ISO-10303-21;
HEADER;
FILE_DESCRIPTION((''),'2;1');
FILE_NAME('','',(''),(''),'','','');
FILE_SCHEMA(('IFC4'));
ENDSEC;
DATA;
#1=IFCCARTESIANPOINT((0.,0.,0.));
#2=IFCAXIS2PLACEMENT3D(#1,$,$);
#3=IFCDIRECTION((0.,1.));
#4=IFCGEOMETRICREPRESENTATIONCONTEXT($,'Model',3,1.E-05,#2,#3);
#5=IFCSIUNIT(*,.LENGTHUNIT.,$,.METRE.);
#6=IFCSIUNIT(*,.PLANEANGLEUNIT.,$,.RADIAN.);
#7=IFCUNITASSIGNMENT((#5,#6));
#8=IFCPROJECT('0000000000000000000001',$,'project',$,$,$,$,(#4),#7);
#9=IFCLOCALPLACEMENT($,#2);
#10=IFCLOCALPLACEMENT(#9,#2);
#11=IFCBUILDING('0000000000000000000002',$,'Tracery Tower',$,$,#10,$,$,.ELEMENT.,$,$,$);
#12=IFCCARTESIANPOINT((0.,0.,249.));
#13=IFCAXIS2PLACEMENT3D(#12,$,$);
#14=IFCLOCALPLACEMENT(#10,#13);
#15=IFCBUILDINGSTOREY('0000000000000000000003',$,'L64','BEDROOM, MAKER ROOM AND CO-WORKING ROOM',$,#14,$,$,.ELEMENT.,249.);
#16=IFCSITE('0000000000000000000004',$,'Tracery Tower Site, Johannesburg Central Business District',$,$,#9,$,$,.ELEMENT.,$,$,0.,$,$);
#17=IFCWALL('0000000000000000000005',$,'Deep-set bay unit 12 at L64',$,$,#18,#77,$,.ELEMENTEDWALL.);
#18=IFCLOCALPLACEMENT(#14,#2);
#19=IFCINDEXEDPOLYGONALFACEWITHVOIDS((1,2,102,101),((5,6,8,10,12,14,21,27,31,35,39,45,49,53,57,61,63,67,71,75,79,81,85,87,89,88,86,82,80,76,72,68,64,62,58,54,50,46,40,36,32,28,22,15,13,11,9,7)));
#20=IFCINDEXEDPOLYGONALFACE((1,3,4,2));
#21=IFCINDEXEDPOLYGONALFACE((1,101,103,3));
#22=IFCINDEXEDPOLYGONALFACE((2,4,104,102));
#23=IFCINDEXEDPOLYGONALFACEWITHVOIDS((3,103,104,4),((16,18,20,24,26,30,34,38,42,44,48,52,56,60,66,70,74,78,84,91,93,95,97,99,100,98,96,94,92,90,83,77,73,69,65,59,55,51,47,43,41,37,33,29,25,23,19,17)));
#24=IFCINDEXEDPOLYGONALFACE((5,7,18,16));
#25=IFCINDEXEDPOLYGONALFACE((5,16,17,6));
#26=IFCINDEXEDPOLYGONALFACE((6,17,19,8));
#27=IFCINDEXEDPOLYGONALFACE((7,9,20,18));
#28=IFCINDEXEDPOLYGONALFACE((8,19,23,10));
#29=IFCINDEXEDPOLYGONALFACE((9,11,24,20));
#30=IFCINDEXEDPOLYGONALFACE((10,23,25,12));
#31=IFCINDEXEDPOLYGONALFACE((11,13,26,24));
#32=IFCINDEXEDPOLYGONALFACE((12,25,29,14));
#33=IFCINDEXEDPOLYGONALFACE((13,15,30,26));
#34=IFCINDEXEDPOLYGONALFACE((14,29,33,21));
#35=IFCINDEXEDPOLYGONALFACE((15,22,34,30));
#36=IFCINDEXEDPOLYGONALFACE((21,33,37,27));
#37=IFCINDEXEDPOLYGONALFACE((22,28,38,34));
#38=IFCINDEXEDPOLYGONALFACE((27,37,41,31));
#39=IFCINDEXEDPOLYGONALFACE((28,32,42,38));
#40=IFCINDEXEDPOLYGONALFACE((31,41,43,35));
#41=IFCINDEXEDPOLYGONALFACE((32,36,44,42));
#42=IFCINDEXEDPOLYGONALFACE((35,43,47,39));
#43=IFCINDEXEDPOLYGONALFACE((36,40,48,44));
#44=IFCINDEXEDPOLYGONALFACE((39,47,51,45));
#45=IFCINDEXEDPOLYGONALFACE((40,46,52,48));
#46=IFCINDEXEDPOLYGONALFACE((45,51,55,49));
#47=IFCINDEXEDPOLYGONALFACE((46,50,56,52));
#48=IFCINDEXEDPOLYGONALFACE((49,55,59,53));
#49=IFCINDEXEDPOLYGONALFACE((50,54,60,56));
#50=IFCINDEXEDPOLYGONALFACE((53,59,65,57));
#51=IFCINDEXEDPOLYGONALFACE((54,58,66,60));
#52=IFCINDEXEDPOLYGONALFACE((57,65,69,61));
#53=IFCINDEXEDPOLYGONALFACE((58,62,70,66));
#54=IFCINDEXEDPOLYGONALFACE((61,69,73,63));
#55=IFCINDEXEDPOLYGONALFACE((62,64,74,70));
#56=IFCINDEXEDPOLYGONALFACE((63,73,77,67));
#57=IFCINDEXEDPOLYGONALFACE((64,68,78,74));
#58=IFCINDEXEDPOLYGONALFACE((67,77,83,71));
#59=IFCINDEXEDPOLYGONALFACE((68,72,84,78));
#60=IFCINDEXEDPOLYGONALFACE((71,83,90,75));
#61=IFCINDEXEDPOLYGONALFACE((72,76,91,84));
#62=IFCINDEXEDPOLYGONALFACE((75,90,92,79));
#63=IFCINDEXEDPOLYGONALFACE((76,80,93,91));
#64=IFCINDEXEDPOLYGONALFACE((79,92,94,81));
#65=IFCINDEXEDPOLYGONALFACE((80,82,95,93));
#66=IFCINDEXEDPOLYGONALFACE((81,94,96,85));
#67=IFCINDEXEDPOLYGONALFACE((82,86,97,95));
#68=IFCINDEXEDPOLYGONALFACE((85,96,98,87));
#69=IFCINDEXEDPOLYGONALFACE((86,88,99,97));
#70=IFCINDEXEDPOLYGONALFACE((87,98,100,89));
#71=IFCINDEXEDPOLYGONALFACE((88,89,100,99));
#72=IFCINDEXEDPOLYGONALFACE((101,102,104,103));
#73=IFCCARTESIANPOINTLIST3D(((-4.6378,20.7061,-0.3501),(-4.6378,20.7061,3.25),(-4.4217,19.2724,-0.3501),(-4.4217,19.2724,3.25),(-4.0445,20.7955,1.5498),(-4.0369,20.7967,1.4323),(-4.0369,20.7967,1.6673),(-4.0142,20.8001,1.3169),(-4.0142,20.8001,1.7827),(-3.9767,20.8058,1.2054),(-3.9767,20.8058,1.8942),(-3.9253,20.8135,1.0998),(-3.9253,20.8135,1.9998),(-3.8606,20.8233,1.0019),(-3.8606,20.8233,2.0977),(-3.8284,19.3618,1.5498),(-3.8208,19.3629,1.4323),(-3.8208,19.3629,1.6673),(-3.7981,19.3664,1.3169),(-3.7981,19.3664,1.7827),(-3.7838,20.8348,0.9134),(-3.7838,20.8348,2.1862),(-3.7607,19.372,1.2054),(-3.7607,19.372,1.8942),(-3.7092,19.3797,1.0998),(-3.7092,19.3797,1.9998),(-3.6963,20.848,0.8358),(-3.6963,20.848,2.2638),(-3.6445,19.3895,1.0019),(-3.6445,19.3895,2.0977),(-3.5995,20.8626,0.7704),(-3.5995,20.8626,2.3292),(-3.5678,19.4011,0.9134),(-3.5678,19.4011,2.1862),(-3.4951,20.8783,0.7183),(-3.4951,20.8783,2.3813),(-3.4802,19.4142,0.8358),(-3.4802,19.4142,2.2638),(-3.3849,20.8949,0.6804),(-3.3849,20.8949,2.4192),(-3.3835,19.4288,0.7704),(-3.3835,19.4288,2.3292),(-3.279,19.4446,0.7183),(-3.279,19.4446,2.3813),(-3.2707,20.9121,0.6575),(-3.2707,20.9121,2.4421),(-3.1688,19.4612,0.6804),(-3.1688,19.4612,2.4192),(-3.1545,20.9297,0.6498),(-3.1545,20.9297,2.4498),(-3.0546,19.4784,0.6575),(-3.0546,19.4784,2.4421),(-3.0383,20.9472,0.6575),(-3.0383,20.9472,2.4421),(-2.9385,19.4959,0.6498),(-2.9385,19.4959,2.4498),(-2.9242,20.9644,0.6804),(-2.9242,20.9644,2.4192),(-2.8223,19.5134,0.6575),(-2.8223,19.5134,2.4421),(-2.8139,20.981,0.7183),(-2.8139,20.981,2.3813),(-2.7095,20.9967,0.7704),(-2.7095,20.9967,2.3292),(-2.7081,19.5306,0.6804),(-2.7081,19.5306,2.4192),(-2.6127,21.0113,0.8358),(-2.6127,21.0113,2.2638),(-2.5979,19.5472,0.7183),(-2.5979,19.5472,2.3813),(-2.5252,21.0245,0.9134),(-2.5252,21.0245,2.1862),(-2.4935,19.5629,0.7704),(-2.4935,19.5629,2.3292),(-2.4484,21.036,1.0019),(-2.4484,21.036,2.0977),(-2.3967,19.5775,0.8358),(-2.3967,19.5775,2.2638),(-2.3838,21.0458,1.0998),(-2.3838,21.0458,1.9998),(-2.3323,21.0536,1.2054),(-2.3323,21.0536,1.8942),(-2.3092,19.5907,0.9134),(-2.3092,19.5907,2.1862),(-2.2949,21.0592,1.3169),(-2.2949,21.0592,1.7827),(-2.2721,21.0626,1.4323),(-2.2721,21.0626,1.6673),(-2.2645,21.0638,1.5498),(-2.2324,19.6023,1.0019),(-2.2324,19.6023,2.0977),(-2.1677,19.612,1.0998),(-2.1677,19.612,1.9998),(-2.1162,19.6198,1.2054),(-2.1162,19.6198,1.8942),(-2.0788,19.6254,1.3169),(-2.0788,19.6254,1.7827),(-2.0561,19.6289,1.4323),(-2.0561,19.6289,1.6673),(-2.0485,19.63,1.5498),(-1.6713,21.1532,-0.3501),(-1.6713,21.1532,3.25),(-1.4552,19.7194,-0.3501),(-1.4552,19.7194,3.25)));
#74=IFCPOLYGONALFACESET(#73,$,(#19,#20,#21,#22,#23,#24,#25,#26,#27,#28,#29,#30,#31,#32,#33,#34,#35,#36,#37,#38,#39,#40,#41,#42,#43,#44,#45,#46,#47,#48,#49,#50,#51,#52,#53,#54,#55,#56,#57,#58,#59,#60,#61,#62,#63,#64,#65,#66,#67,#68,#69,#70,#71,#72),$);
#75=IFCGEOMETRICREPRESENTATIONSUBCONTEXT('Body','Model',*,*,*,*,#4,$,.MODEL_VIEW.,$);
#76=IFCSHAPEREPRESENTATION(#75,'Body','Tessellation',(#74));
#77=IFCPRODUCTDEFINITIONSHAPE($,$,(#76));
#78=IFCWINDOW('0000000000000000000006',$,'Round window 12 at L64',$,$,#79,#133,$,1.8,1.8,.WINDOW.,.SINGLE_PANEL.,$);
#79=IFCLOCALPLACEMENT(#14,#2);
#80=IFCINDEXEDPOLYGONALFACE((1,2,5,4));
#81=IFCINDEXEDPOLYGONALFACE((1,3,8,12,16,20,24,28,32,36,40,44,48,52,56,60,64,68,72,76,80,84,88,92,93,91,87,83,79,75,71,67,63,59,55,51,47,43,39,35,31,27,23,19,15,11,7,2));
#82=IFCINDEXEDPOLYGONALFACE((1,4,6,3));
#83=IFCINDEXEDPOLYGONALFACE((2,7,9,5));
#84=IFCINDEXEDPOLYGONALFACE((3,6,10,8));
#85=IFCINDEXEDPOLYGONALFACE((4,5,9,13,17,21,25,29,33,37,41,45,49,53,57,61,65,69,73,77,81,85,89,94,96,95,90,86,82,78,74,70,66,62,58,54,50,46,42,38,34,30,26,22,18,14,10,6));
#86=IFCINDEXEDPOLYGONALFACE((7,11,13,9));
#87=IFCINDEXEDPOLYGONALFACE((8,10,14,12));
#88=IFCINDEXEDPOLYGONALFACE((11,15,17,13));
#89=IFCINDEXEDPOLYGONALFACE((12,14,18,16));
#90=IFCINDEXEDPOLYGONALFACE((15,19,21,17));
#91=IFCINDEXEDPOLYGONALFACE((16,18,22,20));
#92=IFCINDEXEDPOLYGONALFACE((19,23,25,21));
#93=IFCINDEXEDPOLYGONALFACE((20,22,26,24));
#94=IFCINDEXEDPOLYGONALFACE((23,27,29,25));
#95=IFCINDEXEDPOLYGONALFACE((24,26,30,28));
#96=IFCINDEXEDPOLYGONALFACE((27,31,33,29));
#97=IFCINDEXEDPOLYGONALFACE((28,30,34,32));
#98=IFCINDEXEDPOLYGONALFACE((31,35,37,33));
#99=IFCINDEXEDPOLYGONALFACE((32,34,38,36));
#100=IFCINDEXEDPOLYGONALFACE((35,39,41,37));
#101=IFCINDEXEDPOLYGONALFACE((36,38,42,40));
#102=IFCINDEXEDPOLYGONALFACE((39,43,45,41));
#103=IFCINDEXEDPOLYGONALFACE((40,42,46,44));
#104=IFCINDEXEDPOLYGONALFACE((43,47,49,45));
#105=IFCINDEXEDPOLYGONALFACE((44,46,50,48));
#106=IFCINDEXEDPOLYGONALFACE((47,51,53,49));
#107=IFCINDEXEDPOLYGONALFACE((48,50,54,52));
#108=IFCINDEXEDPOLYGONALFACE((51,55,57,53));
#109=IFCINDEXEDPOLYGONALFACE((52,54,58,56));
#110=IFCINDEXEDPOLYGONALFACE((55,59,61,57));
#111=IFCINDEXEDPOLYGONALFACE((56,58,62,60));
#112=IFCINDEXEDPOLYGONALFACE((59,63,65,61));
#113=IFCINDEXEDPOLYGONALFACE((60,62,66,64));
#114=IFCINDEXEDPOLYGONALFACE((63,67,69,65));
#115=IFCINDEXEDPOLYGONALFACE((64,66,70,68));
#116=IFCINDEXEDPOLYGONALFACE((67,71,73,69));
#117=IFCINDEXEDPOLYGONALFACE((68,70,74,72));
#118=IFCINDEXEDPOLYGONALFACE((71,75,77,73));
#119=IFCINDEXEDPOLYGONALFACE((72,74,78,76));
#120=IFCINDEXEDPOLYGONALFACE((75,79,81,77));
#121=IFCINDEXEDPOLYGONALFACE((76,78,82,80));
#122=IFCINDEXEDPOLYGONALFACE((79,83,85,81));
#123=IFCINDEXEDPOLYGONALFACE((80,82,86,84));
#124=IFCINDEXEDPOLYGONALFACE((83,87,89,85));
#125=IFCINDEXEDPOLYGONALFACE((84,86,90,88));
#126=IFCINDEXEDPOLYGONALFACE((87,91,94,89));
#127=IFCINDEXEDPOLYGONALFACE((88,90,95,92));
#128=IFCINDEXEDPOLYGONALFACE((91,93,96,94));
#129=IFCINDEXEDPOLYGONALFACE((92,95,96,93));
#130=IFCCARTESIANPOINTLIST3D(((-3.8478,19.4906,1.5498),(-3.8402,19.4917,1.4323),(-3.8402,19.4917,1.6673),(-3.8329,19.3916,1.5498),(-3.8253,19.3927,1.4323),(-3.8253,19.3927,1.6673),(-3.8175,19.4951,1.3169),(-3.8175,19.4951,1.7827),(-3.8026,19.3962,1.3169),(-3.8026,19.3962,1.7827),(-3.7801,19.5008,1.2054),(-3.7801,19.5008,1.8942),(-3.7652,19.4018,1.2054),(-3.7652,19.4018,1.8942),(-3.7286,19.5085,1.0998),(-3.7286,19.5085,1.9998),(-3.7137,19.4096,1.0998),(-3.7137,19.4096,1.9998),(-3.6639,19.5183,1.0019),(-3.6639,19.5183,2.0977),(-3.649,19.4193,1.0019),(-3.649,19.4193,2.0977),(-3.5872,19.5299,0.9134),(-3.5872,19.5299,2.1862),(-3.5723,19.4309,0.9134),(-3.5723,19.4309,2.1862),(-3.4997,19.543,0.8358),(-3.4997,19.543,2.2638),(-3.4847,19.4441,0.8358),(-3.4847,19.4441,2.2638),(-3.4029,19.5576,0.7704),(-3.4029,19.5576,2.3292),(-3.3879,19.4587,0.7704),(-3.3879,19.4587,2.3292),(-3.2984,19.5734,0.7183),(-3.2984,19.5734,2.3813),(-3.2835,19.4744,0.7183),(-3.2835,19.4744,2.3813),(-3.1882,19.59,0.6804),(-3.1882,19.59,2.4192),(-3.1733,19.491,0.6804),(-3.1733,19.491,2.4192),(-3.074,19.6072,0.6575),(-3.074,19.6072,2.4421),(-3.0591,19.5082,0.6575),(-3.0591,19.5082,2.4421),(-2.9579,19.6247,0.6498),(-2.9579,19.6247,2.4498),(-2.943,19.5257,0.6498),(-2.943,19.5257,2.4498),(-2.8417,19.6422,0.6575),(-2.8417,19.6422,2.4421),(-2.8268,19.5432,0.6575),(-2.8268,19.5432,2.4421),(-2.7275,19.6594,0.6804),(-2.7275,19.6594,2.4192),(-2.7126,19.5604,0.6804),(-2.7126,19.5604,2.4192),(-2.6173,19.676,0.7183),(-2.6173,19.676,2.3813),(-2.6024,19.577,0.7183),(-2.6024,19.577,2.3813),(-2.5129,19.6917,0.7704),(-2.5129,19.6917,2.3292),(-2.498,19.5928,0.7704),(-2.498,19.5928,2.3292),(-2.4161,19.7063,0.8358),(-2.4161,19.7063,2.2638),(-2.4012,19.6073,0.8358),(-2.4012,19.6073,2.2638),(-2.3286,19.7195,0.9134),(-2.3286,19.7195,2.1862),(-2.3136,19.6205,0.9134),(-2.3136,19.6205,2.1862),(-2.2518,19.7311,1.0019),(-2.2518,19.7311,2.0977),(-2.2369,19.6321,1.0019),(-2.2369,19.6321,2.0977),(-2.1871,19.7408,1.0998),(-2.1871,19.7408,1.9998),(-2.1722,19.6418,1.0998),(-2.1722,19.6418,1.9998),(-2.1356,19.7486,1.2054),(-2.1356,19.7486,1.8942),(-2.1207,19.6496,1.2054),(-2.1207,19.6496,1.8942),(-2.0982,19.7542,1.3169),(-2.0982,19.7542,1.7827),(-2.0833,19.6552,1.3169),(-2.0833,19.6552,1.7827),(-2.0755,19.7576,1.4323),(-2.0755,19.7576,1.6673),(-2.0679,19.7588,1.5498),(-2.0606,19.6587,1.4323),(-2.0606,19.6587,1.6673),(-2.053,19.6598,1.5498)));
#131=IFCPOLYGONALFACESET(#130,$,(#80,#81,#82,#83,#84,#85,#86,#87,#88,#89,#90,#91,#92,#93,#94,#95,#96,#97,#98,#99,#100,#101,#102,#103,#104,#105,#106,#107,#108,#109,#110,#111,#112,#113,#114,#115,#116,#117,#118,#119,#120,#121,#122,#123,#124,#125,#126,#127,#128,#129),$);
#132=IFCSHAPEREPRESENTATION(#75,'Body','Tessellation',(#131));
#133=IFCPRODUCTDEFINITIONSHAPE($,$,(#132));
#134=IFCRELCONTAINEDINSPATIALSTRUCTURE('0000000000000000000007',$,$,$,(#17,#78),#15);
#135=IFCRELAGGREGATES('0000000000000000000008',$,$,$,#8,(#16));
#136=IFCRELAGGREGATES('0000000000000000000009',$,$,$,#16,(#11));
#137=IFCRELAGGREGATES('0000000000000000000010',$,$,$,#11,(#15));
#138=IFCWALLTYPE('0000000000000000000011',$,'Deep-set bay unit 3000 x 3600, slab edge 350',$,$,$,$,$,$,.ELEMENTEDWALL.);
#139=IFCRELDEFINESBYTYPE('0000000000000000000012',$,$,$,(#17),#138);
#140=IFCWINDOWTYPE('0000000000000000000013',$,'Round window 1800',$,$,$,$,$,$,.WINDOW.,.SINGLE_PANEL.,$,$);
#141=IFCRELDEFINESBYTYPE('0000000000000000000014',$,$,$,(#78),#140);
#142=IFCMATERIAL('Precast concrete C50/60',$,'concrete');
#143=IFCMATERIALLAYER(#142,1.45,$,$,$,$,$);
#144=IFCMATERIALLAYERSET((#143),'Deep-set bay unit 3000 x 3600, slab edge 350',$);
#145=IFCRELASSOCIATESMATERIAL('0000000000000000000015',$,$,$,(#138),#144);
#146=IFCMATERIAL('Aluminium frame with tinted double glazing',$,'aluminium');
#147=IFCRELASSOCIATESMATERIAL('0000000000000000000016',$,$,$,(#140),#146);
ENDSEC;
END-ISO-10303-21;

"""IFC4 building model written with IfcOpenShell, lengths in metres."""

from ifc_helpers import new_model, si_unit, direction, frame, frame_2d, origin, origin_2d, place, context, subcontext, project, spatial, rectangle, circle, extrude, material, layer, layer_set, type_object, element, fill, save


model = new_model("IFC4")

# Units and contexts
model_context = context("Model", 3, precision=1e-05, world=origin(), true_north=direction((0.0, 1.0)))
body_context = subcontext(model_context, "Body", "Model", "MODEL_VIEW")
ifc_project = project(units=[si_unit("LENGTHUNIT", "METRE"), si_unit("PLANEANGLEUNIT", "RADIAN")], contexts=[model_context])

# Site, building, storey
site_placement = place(None, origin())
site = spatial("IfcSite", under=ifc_project, at=site_placement, Name="Tracery Tower Site, Johannesburg Central Business District", CompositionType="ELEMENT", RefElevation=0.0)
building_placement = place(site_placement, origin())
building = spatial("IfcBuilding", under=site, at=building_placement, Name="Tracery Tower", CompositionType="ELEMENT")
storey_placement = place(building_placement, frame((0.0, 0.0, 249.0)))
storey = spatial("IfcBuildingStorey", under=building, at=storey_placement, Name="L64", Description="BEDROOM, MAKER ROOM AND CO-WORKING ROOM", CompositionType="ELEMENT", Elevation=249.0)

# Wall, opening, window
ifc_material_1 = material(Name="Precast concrete C50/60", Category="concrete")
ifc_layer_1 = layer(ifc_material_1, 1.45)
ifc_layer_set_1 = layer_set([ifc_layer_1], Name="Deep-set bay unit 3000 x 3600, slab edge 350")
wall_type_1 = type_object("IfcWallType", Name="Deep-set bay unit 3000 x 3600, slab edge 350", PredefinedType="ELEMENTEDWALL", material=ifc_layer_set_1)
wall_1_placement = place(storey_placement, frame((-1.5632, 20.4363, -0.3501), z_axis=(0.0, 0.0, 1.0), x_axis=(-0.988836, -0.149005, 0.0)))
wall_1 = element("IfcWall", 1, at=wall_1_placement, inside=storey, type_object=wall_type_1, Name="Deep-set bay unit 12 at L64", PredefinedType="ELEMENTEDWALL", context=body_context, shape_type="SweptSolid", body=[
    extrude(rectangle(XDim=3.0, YDim=1.45, at=frame_2d((1.5, 0.0))), origin(), (0.0, 0.0, 1.0), 3.6001),
])
opening_1_placement = place(wall_1_placement, frame((1.5, 0.0, 1.8999)))
opening_1 = element("IfcOpeningElement", 2, at=opening_1_placement, cuts=wall_1, PredefinedType="OPENING", context=body_context, shape_type="SweptSolid", body=[
    extrude(circle(Radius=0.9, at=origin_2d()), frame((0.0, 0.7349, 0.0), z_axis=(0.0, -1.0, 0.0), x_axis=(1.0, 0.0, 0.0)), (0.0, 0.0, 1.0), 1.47),
])
ifc_material_2 = material(Name="Aluminium frame with tinted double glazing", Category="aluminium")
window_type = type_object("IfcWindowType", Name="Round window 1800", PartitioningType="SINGLE_PANEL", PredefinedType="WINDOW", material=ifc_material_2)
window_1_placement = place(opening_1_placement, origin())
window_1 = element("IfcWindow", 3, at=window_1_placement, inside=storey, type_object=window_type, Name="Round window 12 at L64", OverallHeight=1.8, OverallWidth=1.8, PartitioningType="SINGLE_PANEL", PredefinedType="WINDOW", context=body_context, shape_type="SweptSolid", body=[
    extrude(circle(Radius=0.9, at=origin_2d()), frame((0.0, 0.6948, 0.0), z_axis=(0.0, -1.0, 0.0), x_axis=(1.0, 0.0, 0.0)), (0.0, 0.0, 1.0), 0.1001),
])
fill(opening_1, window_1)

save(model, "model.ifc")
